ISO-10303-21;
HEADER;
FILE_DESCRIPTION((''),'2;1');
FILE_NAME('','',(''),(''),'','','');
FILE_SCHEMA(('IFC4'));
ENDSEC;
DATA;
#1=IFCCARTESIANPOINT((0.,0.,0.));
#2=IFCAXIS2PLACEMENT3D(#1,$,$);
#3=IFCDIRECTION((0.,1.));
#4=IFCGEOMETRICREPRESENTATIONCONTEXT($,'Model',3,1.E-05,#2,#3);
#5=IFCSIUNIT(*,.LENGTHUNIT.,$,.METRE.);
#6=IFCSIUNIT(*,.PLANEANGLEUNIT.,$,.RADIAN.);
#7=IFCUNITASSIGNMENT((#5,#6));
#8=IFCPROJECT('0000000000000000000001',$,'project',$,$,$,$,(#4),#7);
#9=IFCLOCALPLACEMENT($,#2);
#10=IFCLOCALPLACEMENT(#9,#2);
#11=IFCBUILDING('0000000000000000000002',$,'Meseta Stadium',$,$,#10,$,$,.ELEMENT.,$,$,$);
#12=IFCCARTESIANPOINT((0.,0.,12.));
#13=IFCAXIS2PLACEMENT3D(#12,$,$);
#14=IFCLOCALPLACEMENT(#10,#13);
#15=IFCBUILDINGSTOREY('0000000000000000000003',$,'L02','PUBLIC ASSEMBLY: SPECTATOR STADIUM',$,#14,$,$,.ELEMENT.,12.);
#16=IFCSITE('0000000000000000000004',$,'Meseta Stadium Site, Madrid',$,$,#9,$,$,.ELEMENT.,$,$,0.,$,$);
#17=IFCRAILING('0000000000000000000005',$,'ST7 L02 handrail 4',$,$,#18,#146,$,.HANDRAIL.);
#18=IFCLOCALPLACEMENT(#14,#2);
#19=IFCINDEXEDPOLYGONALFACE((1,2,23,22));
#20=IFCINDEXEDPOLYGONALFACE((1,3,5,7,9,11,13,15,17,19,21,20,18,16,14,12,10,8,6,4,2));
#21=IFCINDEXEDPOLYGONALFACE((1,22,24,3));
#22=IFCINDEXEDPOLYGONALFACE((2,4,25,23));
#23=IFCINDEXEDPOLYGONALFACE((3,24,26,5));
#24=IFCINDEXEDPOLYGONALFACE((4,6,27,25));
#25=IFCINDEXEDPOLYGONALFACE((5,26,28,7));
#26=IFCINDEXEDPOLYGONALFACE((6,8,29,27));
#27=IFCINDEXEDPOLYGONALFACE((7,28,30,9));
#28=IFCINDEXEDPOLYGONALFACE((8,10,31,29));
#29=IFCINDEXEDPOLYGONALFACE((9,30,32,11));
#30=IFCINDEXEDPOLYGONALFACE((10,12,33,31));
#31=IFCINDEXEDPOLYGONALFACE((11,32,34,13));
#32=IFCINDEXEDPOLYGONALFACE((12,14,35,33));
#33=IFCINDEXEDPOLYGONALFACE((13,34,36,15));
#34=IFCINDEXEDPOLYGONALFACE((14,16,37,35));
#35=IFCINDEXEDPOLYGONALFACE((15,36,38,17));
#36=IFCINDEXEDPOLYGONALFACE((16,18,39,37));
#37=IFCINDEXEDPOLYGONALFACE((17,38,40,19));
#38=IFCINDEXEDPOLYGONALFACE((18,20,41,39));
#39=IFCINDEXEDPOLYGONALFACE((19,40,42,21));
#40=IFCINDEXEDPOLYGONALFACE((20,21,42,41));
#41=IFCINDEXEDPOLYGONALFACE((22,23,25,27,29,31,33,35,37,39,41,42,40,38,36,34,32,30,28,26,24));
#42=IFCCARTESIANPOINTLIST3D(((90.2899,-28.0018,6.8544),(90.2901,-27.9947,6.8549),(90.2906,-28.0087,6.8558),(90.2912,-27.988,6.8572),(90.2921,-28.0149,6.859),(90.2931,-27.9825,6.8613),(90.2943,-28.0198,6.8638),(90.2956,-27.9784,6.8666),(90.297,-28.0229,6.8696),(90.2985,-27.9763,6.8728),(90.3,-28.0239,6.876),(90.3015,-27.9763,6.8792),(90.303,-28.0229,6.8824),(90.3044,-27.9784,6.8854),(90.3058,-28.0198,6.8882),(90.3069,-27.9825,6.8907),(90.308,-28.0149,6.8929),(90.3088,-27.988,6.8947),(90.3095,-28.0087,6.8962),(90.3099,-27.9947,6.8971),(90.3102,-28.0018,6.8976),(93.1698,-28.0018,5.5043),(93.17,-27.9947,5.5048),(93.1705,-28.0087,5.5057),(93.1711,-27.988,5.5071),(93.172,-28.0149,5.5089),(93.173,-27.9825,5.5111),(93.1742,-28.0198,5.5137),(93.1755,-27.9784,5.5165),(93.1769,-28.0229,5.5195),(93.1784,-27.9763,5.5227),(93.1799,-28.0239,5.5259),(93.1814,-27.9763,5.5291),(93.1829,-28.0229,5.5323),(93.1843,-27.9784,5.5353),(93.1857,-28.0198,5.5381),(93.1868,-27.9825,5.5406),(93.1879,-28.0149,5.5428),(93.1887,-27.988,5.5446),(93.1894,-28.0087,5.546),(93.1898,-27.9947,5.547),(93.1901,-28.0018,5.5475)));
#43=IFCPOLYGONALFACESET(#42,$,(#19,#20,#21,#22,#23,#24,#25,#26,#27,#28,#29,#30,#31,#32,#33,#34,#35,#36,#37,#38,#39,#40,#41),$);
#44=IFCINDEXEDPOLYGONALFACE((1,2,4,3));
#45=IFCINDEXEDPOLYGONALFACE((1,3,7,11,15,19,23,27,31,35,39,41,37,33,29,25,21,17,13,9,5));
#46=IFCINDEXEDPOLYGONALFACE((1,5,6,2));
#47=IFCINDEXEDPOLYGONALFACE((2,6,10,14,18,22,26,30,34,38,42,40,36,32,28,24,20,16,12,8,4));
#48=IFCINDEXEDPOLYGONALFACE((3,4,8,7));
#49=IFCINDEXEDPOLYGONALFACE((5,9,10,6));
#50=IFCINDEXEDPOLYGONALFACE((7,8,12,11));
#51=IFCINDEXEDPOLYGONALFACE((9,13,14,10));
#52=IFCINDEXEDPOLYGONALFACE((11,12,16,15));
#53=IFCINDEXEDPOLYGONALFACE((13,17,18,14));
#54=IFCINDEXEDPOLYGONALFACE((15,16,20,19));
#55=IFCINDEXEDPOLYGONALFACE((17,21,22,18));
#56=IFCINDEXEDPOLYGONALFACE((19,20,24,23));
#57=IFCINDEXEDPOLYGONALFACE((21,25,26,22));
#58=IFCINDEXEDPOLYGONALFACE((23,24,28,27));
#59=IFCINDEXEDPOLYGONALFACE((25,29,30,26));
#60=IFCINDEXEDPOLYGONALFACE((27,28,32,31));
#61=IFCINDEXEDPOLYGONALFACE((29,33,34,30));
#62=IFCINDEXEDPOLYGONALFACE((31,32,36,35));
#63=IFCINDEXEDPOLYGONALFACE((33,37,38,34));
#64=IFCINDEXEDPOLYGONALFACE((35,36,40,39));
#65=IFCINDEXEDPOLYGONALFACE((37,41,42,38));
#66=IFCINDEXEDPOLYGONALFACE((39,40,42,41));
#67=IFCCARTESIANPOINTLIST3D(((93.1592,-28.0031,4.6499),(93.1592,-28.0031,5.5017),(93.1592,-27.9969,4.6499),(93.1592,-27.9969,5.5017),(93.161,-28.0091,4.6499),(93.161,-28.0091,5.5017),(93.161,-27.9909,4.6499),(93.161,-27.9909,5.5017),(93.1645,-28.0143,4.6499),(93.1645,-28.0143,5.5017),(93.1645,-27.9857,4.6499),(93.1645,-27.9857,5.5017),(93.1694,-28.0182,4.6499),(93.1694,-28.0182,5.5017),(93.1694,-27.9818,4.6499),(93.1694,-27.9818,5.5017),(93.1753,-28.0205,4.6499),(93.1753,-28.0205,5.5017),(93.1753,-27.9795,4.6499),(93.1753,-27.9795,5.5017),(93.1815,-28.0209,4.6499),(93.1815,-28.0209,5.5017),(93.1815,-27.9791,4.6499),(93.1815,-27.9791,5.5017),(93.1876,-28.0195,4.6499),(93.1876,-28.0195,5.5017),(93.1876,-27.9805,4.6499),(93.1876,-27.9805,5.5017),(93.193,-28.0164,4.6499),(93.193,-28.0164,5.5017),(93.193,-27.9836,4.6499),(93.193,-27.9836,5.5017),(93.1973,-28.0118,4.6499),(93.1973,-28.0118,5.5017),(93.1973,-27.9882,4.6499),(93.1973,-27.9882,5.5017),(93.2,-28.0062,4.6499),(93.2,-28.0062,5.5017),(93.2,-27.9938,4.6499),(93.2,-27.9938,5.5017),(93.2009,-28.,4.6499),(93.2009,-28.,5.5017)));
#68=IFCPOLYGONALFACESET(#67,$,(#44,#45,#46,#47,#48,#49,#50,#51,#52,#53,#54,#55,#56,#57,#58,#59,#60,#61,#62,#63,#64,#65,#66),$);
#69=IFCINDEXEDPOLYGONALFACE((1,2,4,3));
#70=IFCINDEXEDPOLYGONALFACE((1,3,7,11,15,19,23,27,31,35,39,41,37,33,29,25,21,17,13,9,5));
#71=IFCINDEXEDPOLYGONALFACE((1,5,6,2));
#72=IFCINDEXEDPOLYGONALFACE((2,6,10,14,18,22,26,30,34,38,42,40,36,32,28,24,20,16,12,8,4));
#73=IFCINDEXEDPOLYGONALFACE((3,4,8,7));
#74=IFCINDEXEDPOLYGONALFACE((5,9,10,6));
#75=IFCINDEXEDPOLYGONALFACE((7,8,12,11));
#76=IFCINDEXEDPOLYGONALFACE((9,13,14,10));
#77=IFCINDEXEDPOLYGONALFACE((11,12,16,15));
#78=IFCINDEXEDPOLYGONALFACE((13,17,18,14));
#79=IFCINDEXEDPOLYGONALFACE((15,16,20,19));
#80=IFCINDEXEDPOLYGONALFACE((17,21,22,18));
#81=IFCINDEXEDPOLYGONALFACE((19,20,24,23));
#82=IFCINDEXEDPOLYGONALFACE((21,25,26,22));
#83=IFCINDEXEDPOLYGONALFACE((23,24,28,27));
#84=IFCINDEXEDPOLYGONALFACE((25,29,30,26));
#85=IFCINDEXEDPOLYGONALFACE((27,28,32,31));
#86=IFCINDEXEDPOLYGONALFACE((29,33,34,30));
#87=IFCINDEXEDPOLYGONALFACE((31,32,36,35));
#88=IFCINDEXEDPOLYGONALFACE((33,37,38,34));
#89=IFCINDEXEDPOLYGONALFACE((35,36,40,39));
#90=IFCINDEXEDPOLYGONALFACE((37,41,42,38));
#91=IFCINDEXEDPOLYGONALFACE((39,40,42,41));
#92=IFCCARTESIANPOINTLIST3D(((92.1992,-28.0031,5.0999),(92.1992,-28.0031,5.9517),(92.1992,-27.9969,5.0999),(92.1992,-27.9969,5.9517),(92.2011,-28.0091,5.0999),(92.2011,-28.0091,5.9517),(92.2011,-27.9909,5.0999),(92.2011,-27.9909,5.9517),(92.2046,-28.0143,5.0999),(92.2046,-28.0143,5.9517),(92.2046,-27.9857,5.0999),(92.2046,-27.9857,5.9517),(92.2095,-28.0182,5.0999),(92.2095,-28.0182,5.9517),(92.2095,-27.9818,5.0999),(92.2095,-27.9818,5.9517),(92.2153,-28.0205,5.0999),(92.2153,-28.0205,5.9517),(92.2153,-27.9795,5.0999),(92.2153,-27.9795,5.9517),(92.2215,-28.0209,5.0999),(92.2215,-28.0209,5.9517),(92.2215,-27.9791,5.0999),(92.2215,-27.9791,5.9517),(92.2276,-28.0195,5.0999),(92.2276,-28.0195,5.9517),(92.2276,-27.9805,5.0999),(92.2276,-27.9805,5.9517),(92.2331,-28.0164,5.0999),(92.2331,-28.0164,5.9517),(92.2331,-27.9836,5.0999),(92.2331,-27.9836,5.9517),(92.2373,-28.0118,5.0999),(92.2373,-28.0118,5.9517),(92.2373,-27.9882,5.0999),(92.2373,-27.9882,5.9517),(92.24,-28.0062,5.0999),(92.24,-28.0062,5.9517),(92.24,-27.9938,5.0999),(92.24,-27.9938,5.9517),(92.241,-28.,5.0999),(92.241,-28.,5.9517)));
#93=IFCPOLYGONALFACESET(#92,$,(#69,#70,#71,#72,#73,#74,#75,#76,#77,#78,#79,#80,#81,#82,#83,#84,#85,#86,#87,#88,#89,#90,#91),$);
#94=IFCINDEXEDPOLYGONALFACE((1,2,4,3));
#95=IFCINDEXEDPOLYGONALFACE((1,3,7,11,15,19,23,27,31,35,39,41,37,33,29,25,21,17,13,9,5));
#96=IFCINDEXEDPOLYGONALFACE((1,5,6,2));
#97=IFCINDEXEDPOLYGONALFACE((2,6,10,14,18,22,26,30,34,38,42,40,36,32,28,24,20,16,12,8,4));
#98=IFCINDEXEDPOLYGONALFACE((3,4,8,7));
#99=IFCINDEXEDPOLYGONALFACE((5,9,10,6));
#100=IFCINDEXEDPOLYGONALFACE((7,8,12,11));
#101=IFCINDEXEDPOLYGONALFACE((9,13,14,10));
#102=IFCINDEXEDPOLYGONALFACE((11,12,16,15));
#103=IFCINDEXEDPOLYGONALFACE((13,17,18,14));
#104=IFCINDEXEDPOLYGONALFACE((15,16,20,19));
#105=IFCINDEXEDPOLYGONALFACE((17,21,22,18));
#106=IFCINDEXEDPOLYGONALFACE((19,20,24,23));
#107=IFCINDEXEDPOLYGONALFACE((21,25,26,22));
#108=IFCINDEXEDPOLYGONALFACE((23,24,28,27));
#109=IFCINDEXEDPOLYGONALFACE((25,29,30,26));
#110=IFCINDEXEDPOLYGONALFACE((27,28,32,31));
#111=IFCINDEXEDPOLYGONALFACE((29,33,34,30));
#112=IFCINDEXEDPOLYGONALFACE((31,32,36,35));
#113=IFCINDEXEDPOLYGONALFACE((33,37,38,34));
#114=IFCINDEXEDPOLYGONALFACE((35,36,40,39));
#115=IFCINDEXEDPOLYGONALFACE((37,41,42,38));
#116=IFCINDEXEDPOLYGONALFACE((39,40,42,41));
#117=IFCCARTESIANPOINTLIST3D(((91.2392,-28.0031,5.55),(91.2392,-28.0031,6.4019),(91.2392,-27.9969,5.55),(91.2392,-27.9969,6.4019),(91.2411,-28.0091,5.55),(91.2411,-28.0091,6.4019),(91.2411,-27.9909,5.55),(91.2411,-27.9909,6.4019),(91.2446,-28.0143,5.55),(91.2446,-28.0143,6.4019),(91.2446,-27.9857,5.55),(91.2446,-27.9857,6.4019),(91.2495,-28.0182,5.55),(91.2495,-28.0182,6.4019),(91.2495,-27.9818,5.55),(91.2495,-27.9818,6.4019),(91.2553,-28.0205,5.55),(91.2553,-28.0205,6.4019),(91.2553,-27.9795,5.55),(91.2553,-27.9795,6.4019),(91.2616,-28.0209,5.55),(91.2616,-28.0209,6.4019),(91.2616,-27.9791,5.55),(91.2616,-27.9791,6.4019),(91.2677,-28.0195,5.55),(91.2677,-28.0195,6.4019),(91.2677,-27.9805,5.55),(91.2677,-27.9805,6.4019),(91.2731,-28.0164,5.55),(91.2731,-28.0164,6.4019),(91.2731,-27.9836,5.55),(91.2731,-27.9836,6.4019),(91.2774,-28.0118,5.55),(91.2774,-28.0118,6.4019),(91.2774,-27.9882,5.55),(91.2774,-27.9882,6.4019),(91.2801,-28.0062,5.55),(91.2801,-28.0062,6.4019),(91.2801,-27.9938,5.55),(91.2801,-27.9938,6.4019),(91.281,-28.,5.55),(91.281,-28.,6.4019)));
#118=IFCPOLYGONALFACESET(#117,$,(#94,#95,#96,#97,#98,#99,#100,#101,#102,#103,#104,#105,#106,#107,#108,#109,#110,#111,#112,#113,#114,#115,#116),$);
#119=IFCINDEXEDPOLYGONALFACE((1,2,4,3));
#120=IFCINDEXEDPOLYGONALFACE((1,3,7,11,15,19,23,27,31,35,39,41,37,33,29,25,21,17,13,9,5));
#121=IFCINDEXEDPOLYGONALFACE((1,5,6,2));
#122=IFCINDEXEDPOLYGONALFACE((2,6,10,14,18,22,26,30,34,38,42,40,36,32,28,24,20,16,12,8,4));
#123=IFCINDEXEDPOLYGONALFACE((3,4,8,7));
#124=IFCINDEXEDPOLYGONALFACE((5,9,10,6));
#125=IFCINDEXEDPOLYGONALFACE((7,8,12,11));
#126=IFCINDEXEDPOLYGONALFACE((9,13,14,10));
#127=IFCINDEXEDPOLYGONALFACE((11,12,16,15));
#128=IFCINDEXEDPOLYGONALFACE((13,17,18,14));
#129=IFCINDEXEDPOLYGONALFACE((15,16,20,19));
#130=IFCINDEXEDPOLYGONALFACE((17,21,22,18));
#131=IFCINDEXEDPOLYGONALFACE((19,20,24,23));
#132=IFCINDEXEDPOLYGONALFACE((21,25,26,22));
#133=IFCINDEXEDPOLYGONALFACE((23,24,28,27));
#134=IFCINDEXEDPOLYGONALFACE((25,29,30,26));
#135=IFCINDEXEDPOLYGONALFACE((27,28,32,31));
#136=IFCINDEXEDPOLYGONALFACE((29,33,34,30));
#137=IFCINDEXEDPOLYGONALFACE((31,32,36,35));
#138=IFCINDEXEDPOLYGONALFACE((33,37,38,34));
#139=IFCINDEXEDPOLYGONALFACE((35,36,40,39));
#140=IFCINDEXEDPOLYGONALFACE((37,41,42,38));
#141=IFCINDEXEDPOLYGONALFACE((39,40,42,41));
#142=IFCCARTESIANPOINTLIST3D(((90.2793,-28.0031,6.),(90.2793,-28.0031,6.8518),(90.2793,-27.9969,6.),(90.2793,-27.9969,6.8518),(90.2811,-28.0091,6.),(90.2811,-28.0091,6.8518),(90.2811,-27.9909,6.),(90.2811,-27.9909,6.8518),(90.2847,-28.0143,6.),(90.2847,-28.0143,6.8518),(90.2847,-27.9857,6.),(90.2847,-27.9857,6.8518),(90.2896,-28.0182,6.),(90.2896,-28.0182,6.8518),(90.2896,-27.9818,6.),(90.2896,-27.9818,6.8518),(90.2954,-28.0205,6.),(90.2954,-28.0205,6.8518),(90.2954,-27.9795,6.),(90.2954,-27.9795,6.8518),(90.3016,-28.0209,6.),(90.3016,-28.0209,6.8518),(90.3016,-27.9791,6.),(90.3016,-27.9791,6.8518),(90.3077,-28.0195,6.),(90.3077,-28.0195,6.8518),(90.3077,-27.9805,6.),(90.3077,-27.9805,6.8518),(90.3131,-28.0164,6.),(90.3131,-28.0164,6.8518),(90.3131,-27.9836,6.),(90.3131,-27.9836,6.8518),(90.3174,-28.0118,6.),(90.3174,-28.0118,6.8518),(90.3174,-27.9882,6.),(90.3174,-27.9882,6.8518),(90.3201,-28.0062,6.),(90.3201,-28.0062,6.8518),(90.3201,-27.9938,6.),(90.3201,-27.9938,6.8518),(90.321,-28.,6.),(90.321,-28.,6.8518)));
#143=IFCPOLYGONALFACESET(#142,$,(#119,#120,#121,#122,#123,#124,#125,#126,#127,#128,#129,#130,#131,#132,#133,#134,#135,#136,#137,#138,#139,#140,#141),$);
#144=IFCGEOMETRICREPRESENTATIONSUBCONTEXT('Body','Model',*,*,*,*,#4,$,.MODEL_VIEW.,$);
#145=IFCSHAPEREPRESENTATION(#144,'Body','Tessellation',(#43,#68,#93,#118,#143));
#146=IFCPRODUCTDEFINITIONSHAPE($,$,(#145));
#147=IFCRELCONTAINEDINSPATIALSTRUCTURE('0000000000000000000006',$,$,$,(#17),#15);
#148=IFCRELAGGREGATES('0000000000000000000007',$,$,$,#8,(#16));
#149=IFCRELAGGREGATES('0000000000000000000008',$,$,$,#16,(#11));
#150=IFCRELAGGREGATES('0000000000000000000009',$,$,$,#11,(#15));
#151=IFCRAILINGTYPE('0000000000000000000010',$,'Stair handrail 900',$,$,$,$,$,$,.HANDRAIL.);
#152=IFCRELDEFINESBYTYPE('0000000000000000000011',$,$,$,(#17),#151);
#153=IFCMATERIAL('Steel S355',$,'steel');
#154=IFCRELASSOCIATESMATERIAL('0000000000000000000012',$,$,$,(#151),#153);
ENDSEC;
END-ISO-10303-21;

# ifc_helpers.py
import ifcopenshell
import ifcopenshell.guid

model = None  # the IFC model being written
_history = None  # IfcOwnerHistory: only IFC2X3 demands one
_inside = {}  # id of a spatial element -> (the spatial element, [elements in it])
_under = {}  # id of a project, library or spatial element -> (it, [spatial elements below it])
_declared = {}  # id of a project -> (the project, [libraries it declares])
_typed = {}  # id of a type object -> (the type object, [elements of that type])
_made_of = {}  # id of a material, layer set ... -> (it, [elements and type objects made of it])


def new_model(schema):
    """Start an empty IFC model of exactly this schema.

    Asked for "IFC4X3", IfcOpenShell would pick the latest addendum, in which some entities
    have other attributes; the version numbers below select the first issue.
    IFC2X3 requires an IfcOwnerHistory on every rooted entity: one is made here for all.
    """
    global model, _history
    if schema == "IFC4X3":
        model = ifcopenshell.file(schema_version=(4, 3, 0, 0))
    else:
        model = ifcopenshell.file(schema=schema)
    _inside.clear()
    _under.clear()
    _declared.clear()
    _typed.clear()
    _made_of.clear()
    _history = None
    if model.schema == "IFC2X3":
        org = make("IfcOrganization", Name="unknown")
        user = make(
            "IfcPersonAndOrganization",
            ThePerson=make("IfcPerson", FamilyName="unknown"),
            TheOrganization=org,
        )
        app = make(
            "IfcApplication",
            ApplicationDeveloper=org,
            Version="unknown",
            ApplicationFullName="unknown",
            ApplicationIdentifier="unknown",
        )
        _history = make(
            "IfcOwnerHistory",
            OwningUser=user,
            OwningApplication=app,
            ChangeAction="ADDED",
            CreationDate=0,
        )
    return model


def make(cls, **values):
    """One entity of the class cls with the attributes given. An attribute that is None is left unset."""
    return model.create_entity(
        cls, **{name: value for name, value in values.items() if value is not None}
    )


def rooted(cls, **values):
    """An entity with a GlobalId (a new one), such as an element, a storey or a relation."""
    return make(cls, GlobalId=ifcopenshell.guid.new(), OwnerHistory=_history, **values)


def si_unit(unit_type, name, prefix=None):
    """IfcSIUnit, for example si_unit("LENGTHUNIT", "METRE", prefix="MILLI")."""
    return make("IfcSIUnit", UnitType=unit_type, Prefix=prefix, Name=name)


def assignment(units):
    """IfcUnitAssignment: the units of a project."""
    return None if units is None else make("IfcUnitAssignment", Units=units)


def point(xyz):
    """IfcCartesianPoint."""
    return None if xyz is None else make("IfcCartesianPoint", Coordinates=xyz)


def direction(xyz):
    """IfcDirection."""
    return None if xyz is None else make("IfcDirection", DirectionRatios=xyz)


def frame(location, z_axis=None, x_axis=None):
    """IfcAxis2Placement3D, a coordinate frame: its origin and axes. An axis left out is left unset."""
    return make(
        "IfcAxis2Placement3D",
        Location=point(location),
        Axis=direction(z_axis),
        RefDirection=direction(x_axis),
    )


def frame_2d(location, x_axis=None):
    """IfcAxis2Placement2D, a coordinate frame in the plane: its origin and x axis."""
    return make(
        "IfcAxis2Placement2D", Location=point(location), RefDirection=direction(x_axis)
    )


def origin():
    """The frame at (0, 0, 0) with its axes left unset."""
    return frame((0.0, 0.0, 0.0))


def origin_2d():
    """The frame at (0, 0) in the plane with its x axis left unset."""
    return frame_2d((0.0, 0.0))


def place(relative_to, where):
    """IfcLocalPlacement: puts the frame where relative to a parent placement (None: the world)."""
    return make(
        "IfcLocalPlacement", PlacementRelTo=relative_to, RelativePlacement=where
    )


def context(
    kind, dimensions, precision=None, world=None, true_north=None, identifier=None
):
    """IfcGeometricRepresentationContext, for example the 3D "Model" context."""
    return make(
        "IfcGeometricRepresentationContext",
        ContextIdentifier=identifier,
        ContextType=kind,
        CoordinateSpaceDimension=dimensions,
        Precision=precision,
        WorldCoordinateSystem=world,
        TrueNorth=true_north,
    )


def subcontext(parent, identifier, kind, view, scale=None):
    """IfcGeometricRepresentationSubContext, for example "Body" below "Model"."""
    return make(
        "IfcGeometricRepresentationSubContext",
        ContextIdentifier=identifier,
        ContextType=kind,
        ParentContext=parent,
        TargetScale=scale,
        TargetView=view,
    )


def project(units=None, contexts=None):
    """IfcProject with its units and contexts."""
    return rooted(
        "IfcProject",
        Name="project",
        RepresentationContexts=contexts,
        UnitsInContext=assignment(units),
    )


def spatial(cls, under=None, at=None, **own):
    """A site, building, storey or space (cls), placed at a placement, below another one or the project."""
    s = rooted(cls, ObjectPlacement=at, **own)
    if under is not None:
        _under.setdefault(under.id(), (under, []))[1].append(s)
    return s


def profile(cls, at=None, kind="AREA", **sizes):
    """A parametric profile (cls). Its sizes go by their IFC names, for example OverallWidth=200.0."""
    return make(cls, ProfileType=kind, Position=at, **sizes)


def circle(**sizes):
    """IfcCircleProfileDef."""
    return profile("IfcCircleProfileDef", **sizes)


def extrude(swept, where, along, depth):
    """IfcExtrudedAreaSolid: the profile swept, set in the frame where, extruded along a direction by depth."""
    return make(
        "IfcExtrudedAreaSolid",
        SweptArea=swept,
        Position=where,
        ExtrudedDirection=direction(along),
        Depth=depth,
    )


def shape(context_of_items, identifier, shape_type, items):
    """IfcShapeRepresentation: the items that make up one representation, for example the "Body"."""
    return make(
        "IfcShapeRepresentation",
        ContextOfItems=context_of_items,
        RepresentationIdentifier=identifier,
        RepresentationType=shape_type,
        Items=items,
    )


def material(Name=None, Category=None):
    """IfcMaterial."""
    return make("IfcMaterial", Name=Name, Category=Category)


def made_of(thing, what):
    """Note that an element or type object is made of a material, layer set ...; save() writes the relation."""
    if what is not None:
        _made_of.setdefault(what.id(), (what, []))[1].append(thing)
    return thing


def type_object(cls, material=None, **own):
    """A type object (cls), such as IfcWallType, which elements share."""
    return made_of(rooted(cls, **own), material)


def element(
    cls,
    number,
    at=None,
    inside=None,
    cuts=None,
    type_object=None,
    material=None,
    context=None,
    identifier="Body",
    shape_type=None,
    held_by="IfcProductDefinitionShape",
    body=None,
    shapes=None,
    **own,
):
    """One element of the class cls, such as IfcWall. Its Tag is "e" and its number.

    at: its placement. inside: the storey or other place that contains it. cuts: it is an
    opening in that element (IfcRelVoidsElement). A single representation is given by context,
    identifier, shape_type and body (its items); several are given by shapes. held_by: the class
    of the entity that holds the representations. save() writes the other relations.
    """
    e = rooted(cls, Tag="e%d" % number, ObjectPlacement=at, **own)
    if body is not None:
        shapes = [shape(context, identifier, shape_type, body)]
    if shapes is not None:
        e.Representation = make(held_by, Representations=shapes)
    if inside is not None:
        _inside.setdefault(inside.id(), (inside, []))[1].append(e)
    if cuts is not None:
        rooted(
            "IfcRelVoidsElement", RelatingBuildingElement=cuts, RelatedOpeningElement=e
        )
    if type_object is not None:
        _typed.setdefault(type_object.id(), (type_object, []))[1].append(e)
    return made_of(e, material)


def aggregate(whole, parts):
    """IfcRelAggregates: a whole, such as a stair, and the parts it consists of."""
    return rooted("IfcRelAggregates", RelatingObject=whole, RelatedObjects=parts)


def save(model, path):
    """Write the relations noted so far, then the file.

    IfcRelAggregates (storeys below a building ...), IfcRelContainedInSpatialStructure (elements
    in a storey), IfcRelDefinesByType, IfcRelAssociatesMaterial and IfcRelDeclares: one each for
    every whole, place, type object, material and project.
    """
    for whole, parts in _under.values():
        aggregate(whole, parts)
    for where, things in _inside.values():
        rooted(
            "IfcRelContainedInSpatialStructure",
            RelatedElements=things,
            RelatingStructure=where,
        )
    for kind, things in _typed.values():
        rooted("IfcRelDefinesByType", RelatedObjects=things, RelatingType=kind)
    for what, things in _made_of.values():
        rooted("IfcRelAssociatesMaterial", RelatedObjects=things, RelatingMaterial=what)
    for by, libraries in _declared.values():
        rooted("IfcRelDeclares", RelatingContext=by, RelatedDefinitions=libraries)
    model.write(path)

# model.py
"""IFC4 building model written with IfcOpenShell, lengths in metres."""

from ifc_helpers import new_model, si_unit, direction, frame, origin, origin_2d, place, context, subcontext, project, spatial, circle, extrude, material, type_object, element, save


model = new_model("IFC4")

# Units and contexts
model_context = context("Model", 3, precision=1e-05, world=origin(), true_north=direction((0.0, 1.0)))
body_context = subcontext(model_context, "Body", "Model", "MODEL_VIEW")
ifc_project = project(units=[si_unit("LENGTHUNIT", "METRE"), si_unit("PLANEANGLEUNIT", "RADIAN")], contexts=[model_context])

# Site, building, storey
site_placement = place(None, origin())
site = spatial("IfcSite", under=ifc_project, at=site_placement, Name="Meseta Stadium Site, Madrid", CompositionType="ELEMENT", RefElevation=0.0)
building_placement = place(site_placement, origin())
building = spatial("IfcBuilding", under=site, at=building_placement, Name="Meseta Stadium", CompositionType="ELEMENT")
storey_placement = place(building_placement, frame((0.0, 0.0, 12.0)))
storey = spatial("IfcBuildingStorey", under=building, at=storey_placement, Name="L02", Description="PUBLIC ASSEMBLY: SPECTATOR STADIUM", CompositionType="ELEMENT", Elevation=12.0)

# Railing
ifc_material_1 = material(Name="Steel S355", Category="steel")
railing_type_1 = type_object("IfcRailingType", Name="Stair handrail 900", PredefinedType="HANDRAIL", material=ifc_material_1)
railing_1_placement = place(storey_placement, frame((93.1799, -28.0, 4.6499)))
element("IfcRailing", 1, at=railing_1_placement, inside=storey, type_object=railing_type_1, Name="ST7 L02 handrail 4", PredefinedType="HANDRAIL", context=body_context, shape_type="SweptSolid", body=[
    extrude(circle(Radius=0.0239, at=origin_2d()), frame((0.0, 0.0, 0.876), z_axis=(-0.90544, 0.0, 0.424473), x_axis=(0.0, -1.0, 0.0)), (0.0, 0.0, 1.0), 3.1807),
    extrude(circle(Radius=0.021, at=origin_2d()), origin(), (0.0, 0.0, 1.0), 0.8518),
    extrude(circle(Radius=0.021, at=origin_2d()), frame((-0.96, 0.0, 0.45)), (0.0, 0.0, 1.0), 0.8518),
    extrude(circle(Radius=0.021, at=origin_2d()), frame((-1.9199, 0.0, 0.9001)), (0.0, 0.0, 1.0), 0.8518),
    extrude(circle(Radius=0.021, at=origin_2d()), frame((-2.8799, 0.0, 1.3501)), (0.0, 0.0, 1.0), 0.8518),
])

save(model, "model.ifc")
